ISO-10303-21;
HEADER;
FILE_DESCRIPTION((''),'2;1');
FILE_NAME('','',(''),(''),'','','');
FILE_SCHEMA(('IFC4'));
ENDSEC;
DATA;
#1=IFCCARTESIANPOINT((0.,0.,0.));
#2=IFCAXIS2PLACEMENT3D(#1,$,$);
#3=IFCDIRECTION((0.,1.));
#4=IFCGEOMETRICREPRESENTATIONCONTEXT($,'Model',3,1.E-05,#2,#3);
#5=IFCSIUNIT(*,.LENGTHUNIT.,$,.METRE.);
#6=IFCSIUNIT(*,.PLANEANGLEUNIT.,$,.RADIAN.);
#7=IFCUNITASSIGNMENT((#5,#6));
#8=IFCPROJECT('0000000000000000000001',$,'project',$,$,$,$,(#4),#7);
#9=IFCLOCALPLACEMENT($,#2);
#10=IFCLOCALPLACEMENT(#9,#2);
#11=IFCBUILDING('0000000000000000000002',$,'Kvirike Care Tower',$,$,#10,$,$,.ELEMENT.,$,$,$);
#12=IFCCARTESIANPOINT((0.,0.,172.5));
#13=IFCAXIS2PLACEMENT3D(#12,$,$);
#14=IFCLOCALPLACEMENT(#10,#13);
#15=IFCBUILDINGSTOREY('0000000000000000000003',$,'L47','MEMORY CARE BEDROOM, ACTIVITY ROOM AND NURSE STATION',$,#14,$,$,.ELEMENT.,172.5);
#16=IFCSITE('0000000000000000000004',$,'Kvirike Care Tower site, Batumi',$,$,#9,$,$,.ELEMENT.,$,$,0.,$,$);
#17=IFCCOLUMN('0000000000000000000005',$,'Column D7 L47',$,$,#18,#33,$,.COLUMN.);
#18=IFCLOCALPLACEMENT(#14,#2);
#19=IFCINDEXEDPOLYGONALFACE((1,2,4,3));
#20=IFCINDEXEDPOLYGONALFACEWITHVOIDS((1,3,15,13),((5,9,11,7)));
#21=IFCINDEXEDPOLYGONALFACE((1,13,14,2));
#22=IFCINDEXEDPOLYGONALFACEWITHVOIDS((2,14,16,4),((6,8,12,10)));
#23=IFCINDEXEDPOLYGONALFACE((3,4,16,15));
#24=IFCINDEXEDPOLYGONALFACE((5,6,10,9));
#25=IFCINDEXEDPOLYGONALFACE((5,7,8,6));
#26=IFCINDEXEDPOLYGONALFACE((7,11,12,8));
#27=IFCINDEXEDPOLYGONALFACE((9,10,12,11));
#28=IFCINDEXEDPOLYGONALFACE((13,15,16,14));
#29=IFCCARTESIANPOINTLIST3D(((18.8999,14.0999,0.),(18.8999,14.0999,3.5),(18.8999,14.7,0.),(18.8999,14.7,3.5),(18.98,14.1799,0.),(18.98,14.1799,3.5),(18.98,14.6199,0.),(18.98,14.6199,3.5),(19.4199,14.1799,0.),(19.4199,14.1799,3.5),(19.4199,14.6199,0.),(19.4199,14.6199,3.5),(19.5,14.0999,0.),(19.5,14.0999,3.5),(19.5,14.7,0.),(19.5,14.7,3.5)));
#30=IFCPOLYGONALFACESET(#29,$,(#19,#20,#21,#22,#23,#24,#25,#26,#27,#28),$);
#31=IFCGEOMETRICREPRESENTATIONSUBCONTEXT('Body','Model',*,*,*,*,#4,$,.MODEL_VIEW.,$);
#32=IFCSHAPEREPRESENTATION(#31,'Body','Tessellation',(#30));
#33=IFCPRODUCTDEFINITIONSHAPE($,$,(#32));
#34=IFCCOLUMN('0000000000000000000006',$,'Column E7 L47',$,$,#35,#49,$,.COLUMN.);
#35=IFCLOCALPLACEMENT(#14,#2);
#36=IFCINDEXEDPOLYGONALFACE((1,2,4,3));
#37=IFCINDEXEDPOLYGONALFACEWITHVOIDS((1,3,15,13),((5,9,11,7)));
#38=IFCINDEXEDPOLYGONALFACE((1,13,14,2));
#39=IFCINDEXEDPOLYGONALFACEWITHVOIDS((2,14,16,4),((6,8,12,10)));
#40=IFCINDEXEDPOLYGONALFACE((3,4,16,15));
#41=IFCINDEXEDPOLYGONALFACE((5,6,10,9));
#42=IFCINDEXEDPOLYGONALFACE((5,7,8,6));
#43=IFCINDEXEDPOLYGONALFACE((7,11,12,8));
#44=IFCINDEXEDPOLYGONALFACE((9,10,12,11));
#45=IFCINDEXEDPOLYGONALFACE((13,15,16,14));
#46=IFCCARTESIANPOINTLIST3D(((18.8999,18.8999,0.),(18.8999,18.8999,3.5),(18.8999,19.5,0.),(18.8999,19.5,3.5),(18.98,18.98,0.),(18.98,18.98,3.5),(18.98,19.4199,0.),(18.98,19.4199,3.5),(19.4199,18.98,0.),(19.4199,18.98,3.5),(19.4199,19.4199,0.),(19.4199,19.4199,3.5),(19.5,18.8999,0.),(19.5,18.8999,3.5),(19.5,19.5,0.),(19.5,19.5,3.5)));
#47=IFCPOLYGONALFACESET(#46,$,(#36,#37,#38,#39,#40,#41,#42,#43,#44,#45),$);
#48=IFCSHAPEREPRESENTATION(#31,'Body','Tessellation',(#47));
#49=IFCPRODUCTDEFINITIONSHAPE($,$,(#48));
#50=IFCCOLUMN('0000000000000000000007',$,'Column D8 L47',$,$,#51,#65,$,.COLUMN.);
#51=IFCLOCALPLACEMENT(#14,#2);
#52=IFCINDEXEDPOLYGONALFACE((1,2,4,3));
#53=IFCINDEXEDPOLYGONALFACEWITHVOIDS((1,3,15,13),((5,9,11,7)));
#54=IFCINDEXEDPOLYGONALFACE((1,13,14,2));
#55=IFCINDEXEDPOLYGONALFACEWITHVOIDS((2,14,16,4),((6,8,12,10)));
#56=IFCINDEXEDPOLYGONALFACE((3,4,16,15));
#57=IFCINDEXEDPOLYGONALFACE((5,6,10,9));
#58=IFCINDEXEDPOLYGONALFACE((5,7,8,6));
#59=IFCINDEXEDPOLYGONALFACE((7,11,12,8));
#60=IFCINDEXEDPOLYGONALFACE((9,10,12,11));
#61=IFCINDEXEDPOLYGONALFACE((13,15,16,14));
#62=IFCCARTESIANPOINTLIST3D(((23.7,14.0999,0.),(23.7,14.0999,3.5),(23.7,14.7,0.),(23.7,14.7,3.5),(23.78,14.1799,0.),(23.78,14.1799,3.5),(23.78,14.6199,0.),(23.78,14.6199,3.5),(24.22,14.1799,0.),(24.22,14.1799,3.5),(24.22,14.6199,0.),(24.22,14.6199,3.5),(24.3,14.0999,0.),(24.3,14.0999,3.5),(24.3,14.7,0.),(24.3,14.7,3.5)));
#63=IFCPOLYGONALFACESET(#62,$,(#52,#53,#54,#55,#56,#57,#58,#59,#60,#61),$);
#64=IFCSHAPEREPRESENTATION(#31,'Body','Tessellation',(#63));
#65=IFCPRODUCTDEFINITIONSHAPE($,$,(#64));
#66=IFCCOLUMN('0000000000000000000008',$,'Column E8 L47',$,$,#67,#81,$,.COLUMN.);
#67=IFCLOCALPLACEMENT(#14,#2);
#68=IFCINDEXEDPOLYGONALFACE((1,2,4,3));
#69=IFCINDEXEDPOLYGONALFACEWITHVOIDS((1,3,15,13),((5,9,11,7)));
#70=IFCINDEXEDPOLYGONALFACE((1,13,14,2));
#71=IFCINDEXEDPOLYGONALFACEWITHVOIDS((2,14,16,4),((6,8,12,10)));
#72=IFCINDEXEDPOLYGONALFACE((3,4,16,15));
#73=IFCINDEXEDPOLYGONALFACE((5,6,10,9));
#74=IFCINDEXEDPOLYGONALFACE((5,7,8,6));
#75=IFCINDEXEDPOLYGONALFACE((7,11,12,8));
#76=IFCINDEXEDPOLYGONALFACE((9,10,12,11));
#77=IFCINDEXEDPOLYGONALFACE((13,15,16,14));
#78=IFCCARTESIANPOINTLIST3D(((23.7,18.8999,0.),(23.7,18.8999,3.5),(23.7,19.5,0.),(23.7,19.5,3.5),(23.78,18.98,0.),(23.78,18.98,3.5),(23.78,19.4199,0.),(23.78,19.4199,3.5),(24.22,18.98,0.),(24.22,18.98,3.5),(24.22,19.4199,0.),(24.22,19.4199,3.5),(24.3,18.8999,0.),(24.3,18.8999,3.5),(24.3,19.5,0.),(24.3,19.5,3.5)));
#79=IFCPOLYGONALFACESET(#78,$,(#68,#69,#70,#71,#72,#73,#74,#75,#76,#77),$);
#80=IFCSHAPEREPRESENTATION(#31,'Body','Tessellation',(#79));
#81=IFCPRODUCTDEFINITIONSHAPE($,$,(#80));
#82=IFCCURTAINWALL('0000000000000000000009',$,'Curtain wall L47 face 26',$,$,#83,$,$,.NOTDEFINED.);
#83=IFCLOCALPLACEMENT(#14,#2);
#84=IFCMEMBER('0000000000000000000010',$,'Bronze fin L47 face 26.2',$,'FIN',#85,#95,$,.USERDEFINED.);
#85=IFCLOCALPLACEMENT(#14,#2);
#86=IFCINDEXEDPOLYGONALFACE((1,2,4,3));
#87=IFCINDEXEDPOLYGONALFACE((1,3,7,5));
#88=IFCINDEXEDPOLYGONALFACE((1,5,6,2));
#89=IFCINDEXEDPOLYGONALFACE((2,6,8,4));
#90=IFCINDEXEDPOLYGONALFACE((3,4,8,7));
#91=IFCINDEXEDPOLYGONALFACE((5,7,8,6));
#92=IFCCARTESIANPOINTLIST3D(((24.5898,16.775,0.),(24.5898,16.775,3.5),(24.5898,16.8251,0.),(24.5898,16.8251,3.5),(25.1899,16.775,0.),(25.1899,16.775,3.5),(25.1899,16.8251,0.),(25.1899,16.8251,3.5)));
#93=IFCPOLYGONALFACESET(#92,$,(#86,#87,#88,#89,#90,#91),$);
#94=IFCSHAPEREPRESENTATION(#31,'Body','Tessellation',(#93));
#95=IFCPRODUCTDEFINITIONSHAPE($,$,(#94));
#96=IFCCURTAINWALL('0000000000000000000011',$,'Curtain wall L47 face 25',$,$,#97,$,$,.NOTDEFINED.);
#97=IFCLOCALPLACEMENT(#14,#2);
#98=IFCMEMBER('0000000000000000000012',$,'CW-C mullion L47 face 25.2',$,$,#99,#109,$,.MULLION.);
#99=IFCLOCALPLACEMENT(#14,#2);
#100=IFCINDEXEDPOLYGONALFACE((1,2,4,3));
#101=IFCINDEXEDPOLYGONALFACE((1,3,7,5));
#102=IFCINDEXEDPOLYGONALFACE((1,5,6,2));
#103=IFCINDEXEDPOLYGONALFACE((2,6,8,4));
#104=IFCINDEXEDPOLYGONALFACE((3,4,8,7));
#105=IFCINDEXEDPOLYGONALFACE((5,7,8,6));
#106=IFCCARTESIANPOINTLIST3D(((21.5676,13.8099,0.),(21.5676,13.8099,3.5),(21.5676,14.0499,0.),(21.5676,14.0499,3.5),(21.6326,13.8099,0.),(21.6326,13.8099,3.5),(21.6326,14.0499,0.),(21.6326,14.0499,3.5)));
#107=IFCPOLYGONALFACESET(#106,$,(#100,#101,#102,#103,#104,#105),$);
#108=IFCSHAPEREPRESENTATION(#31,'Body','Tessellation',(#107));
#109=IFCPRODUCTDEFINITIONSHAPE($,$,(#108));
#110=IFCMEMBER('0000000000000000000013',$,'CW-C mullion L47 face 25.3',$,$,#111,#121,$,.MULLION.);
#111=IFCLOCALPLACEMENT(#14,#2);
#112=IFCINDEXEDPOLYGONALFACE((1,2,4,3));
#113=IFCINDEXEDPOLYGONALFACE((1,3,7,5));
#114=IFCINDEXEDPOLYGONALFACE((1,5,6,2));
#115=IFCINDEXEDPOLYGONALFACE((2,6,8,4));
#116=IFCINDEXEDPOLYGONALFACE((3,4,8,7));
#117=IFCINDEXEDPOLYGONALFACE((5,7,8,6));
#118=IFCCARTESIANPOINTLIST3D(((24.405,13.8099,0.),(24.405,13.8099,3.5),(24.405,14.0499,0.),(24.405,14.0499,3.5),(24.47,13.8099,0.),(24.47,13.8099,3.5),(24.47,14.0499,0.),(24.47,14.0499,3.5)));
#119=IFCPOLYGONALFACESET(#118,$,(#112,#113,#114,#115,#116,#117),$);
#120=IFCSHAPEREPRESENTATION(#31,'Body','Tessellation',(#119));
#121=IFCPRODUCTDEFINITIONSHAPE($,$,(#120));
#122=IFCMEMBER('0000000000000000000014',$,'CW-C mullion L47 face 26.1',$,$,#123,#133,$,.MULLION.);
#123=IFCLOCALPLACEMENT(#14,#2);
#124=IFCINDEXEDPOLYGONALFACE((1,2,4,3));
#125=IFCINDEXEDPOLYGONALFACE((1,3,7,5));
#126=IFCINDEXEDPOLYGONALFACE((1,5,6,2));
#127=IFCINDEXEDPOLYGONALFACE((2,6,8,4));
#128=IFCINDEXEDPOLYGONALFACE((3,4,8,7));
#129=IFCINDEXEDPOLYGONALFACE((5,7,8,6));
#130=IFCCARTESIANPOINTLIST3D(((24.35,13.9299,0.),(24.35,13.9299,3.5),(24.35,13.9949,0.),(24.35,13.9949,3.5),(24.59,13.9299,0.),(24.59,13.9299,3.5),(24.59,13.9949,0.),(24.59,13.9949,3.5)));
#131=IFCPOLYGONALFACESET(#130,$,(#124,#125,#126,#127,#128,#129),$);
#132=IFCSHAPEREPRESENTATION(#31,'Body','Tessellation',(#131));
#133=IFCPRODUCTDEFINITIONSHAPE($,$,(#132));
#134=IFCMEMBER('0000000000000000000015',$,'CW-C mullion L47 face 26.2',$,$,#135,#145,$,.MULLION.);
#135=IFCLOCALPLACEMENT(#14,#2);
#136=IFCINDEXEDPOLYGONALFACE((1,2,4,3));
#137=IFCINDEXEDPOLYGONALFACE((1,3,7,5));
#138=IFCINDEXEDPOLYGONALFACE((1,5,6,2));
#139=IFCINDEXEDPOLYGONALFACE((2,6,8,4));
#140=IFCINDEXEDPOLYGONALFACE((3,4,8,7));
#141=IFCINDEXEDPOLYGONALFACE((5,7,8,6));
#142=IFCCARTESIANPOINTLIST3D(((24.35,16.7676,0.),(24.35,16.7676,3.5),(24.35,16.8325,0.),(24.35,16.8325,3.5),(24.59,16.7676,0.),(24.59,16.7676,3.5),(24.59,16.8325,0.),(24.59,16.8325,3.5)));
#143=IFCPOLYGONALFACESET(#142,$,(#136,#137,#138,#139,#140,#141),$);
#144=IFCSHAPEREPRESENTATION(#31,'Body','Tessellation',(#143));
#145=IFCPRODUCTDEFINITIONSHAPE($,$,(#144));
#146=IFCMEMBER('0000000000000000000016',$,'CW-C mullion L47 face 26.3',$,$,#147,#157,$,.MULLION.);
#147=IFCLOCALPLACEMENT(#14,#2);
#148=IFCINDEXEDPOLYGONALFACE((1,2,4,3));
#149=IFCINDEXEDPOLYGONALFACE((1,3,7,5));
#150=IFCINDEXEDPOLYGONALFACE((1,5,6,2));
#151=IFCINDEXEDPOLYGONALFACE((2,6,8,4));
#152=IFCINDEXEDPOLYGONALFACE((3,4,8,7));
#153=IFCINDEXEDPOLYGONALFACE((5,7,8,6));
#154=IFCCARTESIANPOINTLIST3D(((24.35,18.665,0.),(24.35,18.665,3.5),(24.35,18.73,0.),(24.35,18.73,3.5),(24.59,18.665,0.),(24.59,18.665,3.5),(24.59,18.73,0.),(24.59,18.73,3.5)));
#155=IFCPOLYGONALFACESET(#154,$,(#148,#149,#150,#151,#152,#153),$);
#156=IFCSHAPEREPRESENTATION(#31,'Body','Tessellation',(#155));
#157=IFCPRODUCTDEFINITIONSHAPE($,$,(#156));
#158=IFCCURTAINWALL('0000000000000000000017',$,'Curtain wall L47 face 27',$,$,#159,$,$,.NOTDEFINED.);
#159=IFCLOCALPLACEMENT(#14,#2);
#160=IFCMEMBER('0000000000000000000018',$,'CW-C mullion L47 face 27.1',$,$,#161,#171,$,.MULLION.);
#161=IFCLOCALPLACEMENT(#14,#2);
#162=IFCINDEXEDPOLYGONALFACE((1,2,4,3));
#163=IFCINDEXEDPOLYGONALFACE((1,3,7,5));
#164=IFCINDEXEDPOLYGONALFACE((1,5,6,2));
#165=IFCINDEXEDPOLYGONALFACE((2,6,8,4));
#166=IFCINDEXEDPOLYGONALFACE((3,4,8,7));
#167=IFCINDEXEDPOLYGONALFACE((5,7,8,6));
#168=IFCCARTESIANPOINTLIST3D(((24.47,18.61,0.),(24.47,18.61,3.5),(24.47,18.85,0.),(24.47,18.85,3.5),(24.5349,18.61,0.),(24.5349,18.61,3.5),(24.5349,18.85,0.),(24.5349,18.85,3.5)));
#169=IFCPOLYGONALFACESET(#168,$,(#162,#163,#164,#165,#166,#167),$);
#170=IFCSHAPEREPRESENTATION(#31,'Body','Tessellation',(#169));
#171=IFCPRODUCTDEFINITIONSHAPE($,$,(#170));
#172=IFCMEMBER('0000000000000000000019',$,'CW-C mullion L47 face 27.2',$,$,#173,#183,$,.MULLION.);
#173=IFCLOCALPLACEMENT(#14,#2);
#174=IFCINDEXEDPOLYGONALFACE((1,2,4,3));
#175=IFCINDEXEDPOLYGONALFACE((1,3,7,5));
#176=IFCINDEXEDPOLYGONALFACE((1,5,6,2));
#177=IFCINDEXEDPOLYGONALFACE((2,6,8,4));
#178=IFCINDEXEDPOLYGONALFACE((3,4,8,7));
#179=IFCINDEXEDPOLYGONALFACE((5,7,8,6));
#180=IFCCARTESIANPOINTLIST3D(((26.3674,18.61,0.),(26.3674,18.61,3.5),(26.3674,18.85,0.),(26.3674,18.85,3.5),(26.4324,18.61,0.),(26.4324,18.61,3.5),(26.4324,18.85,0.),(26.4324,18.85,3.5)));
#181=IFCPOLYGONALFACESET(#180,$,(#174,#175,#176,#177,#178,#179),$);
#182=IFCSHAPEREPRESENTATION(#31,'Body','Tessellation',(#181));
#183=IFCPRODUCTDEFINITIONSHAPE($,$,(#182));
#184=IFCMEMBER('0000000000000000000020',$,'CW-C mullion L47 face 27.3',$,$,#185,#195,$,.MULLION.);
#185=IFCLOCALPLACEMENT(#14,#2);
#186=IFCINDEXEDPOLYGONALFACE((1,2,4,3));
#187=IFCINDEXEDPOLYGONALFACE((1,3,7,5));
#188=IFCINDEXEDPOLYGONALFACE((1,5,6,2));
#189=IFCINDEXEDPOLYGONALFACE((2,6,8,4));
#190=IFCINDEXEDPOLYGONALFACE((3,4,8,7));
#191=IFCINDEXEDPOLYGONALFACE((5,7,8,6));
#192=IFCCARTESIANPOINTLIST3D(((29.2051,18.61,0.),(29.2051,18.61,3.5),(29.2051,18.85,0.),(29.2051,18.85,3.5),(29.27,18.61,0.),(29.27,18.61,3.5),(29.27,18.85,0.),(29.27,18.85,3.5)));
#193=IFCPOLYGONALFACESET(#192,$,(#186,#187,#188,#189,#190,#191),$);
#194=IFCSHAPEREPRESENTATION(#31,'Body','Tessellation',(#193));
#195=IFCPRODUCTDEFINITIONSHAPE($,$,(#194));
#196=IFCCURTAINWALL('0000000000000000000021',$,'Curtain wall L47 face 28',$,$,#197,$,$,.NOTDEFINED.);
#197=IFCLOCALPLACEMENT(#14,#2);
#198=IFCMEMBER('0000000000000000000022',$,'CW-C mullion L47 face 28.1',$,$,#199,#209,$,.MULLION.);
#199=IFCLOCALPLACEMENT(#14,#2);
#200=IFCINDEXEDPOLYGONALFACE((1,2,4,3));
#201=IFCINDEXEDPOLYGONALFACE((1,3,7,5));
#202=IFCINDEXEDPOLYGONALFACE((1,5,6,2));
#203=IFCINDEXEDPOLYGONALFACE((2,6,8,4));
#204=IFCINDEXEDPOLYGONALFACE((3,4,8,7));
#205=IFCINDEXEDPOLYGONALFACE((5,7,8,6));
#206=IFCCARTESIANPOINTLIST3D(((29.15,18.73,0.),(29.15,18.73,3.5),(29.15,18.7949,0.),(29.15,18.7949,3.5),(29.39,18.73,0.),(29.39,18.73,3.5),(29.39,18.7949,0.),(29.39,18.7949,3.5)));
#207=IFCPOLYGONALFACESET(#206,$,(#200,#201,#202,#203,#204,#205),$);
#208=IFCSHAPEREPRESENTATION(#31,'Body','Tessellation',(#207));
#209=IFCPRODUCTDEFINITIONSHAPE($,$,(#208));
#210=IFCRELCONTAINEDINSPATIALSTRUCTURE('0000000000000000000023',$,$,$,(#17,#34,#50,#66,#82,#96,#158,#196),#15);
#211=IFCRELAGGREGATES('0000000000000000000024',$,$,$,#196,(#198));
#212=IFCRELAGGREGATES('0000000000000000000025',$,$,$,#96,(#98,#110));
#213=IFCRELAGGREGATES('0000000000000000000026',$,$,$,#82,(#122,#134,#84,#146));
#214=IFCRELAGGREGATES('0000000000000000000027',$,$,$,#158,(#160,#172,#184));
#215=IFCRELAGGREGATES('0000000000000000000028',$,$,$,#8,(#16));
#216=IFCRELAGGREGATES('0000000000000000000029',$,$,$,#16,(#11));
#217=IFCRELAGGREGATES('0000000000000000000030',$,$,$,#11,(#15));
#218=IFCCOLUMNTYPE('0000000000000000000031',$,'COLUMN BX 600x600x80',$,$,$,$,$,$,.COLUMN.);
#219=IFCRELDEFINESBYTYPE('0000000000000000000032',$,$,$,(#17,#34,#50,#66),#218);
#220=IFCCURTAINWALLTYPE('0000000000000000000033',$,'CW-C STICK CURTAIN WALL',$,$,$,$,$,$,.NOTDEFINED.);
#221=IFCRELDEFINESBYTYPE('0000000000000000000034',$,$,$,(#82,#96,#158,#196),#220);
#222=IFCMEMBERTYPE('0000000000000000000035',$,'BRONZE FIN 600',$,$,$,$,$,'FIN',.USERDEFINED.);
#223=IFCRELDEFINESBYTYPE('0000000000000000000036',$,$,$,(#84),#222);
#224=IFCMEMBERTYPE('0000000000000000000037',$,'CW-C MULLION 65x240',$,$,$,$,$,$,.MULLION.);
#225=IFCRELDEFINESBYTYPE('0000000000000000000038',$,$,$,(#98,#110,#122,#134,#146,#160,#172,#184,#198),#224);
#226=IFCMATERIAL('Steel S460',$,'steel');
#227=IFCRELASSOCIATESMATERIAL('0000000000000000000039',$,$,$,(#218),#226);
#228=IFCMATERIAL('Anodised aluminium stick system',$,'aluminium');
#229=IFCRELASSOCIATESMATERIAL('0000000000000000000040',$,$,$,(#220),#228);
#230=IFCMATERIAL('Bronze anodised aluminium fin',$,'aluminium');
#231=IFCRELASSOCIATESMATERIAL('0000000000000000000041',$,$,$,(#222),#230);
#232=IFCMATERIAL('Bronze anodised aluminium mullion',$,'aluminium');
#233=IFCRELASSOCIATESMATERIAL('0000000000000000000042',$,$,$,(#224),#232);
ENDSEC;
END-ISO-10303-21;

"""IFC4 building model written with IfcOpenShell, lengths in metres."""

from ifc_helpers import new_model, si_unit, direction, frame, origin, origin_2d, place, context, subcontext, project, spatial, rectangle, hollow_rectangle, extrude, material, material_profile, profile_set, type_object, element, aggregate, save


model = new_model("IFC4")

# Units and contexts
model_context = context("Model", 3, precision=1e-05, world=origin(), true_north=direction((0.0, 1.0)))
body_context = subcontext(model_context, "Body", "Model", "MODEL_VIEW")
ifc_project = project(units=[si_unit("LENGTHUNIT", "METRE"), si_unit("PLANEANGLEUNIT", "RADIAN")], contexts=[model_context])

# Site, building, storey
site_placement = place(None, origin())
site = spatial("IfcSite", under=ifc_project, at=site_placement, Name="Kvirike Care Tower site, Batumi", CompositionType="ELEMENT", RefElevation=0.0)
building_placement = place(site_placement, origin())
building = spatial("IfcBuilding", under=site, at=building_placement, Name="Kvirike Care Tower", CompositionType="ELEMENT")
storey_placement = place(building_placement, frame((0.0, 0.0, 172.5)))
storey = spatial("IfcBuildingStorey", under=building, at=storey_placement, Name="L47", Description="MEMORY CARE BEDROOM, ACTIVITY ROOM AND NURSE STATION", CompositionType="ELEMENT", Elevation=172.5)

# Columns
ifc_material_1 = material(Name="Steel S460", Category="steel")
ifc_material_profile_1 = material_profile(ifc_material_1, hollow_rectangle(XDim=0.6001, YDim=0.6001, WallThickness=0.0801, at=origin_2d()), Name="BX 600x600x80")
ifc_profile_set_1 = profile_set([ifc_material_profile_1], Name="Steel S460")
column_type = type_object("IfcColumnType", Name="COLUMN BX 600x600x80", PredefinedType="COLUMN", material=ifc_profile_set_1)
for number, where, z_axis, x_axis, name in (
    (1, (19.2, 14.3999, 0.0), (0.0, 0.0, 1.0), (0.0, 1.0, 0.0), "Column D7 L47"),
    (2, (19.2, 19.2, 0.0), (0.0, 0.0, 1.0), (0.0, 1.0, 0.0), "Column E7 L47"),
    (3, (24.0, 14.3999, 0.0), (0.0, 0.0, 1.0), (0.0, 1.0, 0.0), "Column D8 L47"),
    (4, (24.0, 19.2, 0.0), (0.0, 0.0, 1.0), (0.0, 1.0, 0.0), "Column E8 L47"),
):
    element("IfcColumn", number, at=place(storey_placement, frame(where, z_axis=z_axis, x_axis=x_axis)), inside=storey, type_object=column_type, Name=name, PredefinedType="COLUMN", context=body_context, shape_type="SweptSolid", body=[
        extrude(hollow_rectangle(XDim=0.6001, YDim=0.6001, WallThickness=0.0801, at=origin_2d()), origin(), (0.0, 0.0, 1.0), 3.5),
    ])

# Curtain wall, member
ifc_material_2 = material(Name="Anodised aluminium stick system", Category="aluminium")
curtain_wall_type = type_object("IfcCurtainWallType", Name="CW-C STICK CURTAIN WALL", PredefinedType="NOTDEFINED", material=ifc_material_2)
curtain_wall_1_placement = place(storey_placement, origin())
curtain_wall_1 = element("IfcCurtainWall", 5, at=curtain_wall_1_placement, inside=storey, type_object=curtain_wall_type, Name="Curtain wall L47 face 26", PredefinedType="NOTDEFINED")
ifc_material_3 = material(Name="Bronze anodised aluminium fin", Category="aluminium")
ifc_material_profile_2 = material_profile(ifc_material_3, rectangle(XDim=0.05, YDim=0.6001, at=origin_2d()), Name="BRONZE FIN 600")
ifc_profile_set_2 = profile_set([ifc_material_profile_2], Name="Bronze anodised aluminium fin")
member_type_1 = type_object("IfcMemberType", Name="BRONZE FIN 600", ElementType="FIN", PredefinedType="USERDEFINED", material=ifc_profile_set_2)
member_1_placement = place(storey_placement, frame((24.8899, 16.8, 0.0), z_axis=(0.0, 0.0, 1.0), x_axis=(0.0, 1.0, 0.0)))
member_1 = element("IfcMember", 6, at=member_1_placement, type_object=member_type_1, Name="Bronze fin L47 face 26.2", ObjectType="FIN", PredefinedType="USERDEFINED", context=body_context, shape_type="SweptSolid", body=[
    extrude(rectangle(XDim=0.05, YDim=0.6001, at=origin_2d()), origin(), (0.0, 0.0, 1.0), 3.5),
])

# Curtain wall, members
curtain_wall_2_placement = place(storey_placement, origin())
curtain_wall_2 = element("IfcCurtainWall", 7, at=curtain_wall_2_placement, inside=storey, type_object=curtain_wall_type, Name="Curtain wall L47 face 25", PredefinedType="NOTDEFINED")
ifc_material_4 = material(Name="Bronze anodised aluminium mullion", Category="aluminium")
ifc_material_profile_3 = material_profile(ifc_material_4, rectangle(XDim=0.0649, YDim=0.24, at=origin_2d()), Name="CW-C MULLION 65x240")
ifc_profile_set_3 = profile_set([ifc_material_profile_3], Name="Bronze anodised aluminium mullion")
member_type_2 = type_object("IfcMemberType", Name="CW-C MULLION 65x240", PredefinedType="MULLION", material=ifc_profile_set_3)
member_2_placement = place(storey_placement, frame((21.6001, 13.9299, 0.0), z_axis=(0.0, 0.0, 1.0), x_axis=(1.0, 0.0, 0.0)))
member_2 = element("IfcMember", 8, at=member_2_placement, type_object=member_type_2, Name="CW-C mullion L47 face 25.2", PredefinedType="MULLION", context=body_context, shape_type="SweptSolid", body=[
    extrude(rectangle(XDim=0.0649, YDim=0.24, at=origin_2d()), origin(), (0.0, 0.0, 1.0), 3.5),
])
member_3_placement = place(storey_placement, frame((24.4375, 13.9299, 0.0), z_axis=(0.0, 0.0, 1.0), x_axis=(1.0, 0.0, 0.0)))
member_3 = element("IfcMember", 9, at=member_3_placement, type_object=member_type_2, Name="CW-C mullion L47 face 25.3", PredefinedType="MULLION", context=body_context, shape_type="SweptSolid", body=[
    extrude(rectangle(XDim=0.0649, YDim=0.24, at=origin_2d()), origin(), (0.0, 0.0, 1.0), 3.5),
])

# Members
member_4_placement = place(storey_placement, frame((24.47, 13.9624, 0.0), z_axis=(0.0, 0.0, 1.0), x_axis=(0.0, 1.0, 0.0)))
member_4 = element("IfcMember", 10, at=member_4_placement, type_object=member_type_2, Name="CW-C mullion L47 face 26.1", PredefinedType="MULLION", context=body_context, shape_type="SweptSolid", body=[
    extrude(rectangle(XDim=0.0649, YDim=0.24, at=origin_2d()), origin(), (0.0, 0.0, 1.0), 3.5),
])
member_5_placement = place(storey_placement, frame((24.47, 16.8, 0.0), z_axis=(0.0, 0.0, 1.0), x_axis=(0.0, 1.0, 0.0)))
member_5 = element("IfcMember", 11, at=member_5_placement, type_object=member_type_2, Name="CW-C mullion L47 face 26.2", PredefinedType="MULLION", context=body_context, shape_type="SweptSolid", body=[
    extrude(rectangle(XDim=0.0649, YDim=0.24, at=origin_2d()), origin(), (0.0, 0.0, 1.0), 3.5),
])
member_6_placement = place(storey_placement, frame((24.47, 18.6975, 0.0), z_axis=(0.0, 0.0, 1.0), x_axis=(0.0, 1.0, 0.0)))
member_6 = element("IfcMember", 12, at=member_6_placement, type_object=member_type_2, Name="CW-C mullion L47 face 26.3", PredefinedType="MULLION", context=body_context, shape_type="SweptSolid", body=[
    extrude(rectangle(XDim=0.0649, YDim=0.24, at=origin_2d()), origin(), (0.0, 0.0, 1.0), 3.5),
])

# Curtain wall, members
curtain_wall_3_placement = place(storey_placement, origin())
curtain_wall_3 = element("IfcCurtainWall", 13, at=curtain_wall_3_placement, inside=storey, type_object=curtain_wall_type, Name="Curtain wall L47 face 27", PredefinedType="NOTDEFINED")
member_7_placement = place(storey_placement, frame((24.5024, 18.73, 0.0), z_axis=(0.0, 0.0, 1.0), x_axis=(1.0, 0.0, 0.0)))
member_7 = element("IfcMember", 14, at=member_7_placement, type_object=member_type_2, Name="CW-C mullion L47 face 27.1", PredefinedType="MULLION", context=body_context, shape_type="SweptSolid", body=[
    extrude(rectangle(XDim=0.0649, YDim=0.24, at=origin_2d()), origin(), (0.0, 0.0, 1.0), 3.5),
])
member_8_placement = place(storey_placement, frame((26.3999, 18.73, 0.0), z_axis=(0.0, 0.0, 1.0), x_axis=(1.0, 0.0, 0.0)))
member_8 = element("IfcMember", 15, at=member_8_placement, type_object=member_type_2, Name="CW-C mullion L47 face 27.2", PredefinedType="MULLION", context=body_context, shape_type="SweptSolid", body=[
    extrude(rectangle(XDim=0.0649, YDim=0.24, at=origin_2d()), origin(), (0.0, 0.0, 1.0), 3.5),
])
member_9_placement = place(storey_placement, frame((29.2375, 18.73, 0.0), z_axis=(0.0, 0.0, 1.0), x_axis=(1.0, 0.0, 0.0)))
member_9 = element("IfcMember", 16, at=member_9_placement, type_object=member_type_2, Name="CW-C mullion L47 face 27.3", PredefinedType="MULLION", context=body_context, shape_type="SweptSolid", body=[
    extrude(rectangle(XDim=0.0649, YDim=0.24, at=origin_2d()), origin(), (0.0, 0.0, 1.0), 3.5),
])

# Curtain wall, member
curtain_wall_4_placement = place(storey_placement, origin())
curtain_wall_4 = element("IfcCurtainWall", 17, at=curtain_wall_4_placement, inside=storey, type_object=curtain_wall_type, Name="Curtain wall L47 face 28", PredefinedType="NOTDEFINED")
member_10_placement = place(storey_placement, frame((29.27, 18.7625, 0.0), z_axis=(0.0, 0.0, 1.0), x_axis=(0.0, 1.0, 0.0)))
member_10 = element("IfcMember", 18, at=member_10_placement, type_object=member_type_2, Name="CW-C mullion L47 face 28.1", PredefinedType="MULLION", context=body_context, shape_type="SweptSolid", body=[
    extrude(rectangle(XDim=0.0649, YDim=0.24, at=origin_2d()), origin(), (0.0, 0.0, 1.0), 3.5),
])

aggregate(curtain_wall_4, [member_10])

aggregate(curtain_wall_2, [member_2, member_3])
aggregate(curtain_wall_1, [member_4, member_5, member_1, member_6])
aggregate(curtain_wall_3, [member_7, member_8, member_9])

save(model, "model.ifc")
